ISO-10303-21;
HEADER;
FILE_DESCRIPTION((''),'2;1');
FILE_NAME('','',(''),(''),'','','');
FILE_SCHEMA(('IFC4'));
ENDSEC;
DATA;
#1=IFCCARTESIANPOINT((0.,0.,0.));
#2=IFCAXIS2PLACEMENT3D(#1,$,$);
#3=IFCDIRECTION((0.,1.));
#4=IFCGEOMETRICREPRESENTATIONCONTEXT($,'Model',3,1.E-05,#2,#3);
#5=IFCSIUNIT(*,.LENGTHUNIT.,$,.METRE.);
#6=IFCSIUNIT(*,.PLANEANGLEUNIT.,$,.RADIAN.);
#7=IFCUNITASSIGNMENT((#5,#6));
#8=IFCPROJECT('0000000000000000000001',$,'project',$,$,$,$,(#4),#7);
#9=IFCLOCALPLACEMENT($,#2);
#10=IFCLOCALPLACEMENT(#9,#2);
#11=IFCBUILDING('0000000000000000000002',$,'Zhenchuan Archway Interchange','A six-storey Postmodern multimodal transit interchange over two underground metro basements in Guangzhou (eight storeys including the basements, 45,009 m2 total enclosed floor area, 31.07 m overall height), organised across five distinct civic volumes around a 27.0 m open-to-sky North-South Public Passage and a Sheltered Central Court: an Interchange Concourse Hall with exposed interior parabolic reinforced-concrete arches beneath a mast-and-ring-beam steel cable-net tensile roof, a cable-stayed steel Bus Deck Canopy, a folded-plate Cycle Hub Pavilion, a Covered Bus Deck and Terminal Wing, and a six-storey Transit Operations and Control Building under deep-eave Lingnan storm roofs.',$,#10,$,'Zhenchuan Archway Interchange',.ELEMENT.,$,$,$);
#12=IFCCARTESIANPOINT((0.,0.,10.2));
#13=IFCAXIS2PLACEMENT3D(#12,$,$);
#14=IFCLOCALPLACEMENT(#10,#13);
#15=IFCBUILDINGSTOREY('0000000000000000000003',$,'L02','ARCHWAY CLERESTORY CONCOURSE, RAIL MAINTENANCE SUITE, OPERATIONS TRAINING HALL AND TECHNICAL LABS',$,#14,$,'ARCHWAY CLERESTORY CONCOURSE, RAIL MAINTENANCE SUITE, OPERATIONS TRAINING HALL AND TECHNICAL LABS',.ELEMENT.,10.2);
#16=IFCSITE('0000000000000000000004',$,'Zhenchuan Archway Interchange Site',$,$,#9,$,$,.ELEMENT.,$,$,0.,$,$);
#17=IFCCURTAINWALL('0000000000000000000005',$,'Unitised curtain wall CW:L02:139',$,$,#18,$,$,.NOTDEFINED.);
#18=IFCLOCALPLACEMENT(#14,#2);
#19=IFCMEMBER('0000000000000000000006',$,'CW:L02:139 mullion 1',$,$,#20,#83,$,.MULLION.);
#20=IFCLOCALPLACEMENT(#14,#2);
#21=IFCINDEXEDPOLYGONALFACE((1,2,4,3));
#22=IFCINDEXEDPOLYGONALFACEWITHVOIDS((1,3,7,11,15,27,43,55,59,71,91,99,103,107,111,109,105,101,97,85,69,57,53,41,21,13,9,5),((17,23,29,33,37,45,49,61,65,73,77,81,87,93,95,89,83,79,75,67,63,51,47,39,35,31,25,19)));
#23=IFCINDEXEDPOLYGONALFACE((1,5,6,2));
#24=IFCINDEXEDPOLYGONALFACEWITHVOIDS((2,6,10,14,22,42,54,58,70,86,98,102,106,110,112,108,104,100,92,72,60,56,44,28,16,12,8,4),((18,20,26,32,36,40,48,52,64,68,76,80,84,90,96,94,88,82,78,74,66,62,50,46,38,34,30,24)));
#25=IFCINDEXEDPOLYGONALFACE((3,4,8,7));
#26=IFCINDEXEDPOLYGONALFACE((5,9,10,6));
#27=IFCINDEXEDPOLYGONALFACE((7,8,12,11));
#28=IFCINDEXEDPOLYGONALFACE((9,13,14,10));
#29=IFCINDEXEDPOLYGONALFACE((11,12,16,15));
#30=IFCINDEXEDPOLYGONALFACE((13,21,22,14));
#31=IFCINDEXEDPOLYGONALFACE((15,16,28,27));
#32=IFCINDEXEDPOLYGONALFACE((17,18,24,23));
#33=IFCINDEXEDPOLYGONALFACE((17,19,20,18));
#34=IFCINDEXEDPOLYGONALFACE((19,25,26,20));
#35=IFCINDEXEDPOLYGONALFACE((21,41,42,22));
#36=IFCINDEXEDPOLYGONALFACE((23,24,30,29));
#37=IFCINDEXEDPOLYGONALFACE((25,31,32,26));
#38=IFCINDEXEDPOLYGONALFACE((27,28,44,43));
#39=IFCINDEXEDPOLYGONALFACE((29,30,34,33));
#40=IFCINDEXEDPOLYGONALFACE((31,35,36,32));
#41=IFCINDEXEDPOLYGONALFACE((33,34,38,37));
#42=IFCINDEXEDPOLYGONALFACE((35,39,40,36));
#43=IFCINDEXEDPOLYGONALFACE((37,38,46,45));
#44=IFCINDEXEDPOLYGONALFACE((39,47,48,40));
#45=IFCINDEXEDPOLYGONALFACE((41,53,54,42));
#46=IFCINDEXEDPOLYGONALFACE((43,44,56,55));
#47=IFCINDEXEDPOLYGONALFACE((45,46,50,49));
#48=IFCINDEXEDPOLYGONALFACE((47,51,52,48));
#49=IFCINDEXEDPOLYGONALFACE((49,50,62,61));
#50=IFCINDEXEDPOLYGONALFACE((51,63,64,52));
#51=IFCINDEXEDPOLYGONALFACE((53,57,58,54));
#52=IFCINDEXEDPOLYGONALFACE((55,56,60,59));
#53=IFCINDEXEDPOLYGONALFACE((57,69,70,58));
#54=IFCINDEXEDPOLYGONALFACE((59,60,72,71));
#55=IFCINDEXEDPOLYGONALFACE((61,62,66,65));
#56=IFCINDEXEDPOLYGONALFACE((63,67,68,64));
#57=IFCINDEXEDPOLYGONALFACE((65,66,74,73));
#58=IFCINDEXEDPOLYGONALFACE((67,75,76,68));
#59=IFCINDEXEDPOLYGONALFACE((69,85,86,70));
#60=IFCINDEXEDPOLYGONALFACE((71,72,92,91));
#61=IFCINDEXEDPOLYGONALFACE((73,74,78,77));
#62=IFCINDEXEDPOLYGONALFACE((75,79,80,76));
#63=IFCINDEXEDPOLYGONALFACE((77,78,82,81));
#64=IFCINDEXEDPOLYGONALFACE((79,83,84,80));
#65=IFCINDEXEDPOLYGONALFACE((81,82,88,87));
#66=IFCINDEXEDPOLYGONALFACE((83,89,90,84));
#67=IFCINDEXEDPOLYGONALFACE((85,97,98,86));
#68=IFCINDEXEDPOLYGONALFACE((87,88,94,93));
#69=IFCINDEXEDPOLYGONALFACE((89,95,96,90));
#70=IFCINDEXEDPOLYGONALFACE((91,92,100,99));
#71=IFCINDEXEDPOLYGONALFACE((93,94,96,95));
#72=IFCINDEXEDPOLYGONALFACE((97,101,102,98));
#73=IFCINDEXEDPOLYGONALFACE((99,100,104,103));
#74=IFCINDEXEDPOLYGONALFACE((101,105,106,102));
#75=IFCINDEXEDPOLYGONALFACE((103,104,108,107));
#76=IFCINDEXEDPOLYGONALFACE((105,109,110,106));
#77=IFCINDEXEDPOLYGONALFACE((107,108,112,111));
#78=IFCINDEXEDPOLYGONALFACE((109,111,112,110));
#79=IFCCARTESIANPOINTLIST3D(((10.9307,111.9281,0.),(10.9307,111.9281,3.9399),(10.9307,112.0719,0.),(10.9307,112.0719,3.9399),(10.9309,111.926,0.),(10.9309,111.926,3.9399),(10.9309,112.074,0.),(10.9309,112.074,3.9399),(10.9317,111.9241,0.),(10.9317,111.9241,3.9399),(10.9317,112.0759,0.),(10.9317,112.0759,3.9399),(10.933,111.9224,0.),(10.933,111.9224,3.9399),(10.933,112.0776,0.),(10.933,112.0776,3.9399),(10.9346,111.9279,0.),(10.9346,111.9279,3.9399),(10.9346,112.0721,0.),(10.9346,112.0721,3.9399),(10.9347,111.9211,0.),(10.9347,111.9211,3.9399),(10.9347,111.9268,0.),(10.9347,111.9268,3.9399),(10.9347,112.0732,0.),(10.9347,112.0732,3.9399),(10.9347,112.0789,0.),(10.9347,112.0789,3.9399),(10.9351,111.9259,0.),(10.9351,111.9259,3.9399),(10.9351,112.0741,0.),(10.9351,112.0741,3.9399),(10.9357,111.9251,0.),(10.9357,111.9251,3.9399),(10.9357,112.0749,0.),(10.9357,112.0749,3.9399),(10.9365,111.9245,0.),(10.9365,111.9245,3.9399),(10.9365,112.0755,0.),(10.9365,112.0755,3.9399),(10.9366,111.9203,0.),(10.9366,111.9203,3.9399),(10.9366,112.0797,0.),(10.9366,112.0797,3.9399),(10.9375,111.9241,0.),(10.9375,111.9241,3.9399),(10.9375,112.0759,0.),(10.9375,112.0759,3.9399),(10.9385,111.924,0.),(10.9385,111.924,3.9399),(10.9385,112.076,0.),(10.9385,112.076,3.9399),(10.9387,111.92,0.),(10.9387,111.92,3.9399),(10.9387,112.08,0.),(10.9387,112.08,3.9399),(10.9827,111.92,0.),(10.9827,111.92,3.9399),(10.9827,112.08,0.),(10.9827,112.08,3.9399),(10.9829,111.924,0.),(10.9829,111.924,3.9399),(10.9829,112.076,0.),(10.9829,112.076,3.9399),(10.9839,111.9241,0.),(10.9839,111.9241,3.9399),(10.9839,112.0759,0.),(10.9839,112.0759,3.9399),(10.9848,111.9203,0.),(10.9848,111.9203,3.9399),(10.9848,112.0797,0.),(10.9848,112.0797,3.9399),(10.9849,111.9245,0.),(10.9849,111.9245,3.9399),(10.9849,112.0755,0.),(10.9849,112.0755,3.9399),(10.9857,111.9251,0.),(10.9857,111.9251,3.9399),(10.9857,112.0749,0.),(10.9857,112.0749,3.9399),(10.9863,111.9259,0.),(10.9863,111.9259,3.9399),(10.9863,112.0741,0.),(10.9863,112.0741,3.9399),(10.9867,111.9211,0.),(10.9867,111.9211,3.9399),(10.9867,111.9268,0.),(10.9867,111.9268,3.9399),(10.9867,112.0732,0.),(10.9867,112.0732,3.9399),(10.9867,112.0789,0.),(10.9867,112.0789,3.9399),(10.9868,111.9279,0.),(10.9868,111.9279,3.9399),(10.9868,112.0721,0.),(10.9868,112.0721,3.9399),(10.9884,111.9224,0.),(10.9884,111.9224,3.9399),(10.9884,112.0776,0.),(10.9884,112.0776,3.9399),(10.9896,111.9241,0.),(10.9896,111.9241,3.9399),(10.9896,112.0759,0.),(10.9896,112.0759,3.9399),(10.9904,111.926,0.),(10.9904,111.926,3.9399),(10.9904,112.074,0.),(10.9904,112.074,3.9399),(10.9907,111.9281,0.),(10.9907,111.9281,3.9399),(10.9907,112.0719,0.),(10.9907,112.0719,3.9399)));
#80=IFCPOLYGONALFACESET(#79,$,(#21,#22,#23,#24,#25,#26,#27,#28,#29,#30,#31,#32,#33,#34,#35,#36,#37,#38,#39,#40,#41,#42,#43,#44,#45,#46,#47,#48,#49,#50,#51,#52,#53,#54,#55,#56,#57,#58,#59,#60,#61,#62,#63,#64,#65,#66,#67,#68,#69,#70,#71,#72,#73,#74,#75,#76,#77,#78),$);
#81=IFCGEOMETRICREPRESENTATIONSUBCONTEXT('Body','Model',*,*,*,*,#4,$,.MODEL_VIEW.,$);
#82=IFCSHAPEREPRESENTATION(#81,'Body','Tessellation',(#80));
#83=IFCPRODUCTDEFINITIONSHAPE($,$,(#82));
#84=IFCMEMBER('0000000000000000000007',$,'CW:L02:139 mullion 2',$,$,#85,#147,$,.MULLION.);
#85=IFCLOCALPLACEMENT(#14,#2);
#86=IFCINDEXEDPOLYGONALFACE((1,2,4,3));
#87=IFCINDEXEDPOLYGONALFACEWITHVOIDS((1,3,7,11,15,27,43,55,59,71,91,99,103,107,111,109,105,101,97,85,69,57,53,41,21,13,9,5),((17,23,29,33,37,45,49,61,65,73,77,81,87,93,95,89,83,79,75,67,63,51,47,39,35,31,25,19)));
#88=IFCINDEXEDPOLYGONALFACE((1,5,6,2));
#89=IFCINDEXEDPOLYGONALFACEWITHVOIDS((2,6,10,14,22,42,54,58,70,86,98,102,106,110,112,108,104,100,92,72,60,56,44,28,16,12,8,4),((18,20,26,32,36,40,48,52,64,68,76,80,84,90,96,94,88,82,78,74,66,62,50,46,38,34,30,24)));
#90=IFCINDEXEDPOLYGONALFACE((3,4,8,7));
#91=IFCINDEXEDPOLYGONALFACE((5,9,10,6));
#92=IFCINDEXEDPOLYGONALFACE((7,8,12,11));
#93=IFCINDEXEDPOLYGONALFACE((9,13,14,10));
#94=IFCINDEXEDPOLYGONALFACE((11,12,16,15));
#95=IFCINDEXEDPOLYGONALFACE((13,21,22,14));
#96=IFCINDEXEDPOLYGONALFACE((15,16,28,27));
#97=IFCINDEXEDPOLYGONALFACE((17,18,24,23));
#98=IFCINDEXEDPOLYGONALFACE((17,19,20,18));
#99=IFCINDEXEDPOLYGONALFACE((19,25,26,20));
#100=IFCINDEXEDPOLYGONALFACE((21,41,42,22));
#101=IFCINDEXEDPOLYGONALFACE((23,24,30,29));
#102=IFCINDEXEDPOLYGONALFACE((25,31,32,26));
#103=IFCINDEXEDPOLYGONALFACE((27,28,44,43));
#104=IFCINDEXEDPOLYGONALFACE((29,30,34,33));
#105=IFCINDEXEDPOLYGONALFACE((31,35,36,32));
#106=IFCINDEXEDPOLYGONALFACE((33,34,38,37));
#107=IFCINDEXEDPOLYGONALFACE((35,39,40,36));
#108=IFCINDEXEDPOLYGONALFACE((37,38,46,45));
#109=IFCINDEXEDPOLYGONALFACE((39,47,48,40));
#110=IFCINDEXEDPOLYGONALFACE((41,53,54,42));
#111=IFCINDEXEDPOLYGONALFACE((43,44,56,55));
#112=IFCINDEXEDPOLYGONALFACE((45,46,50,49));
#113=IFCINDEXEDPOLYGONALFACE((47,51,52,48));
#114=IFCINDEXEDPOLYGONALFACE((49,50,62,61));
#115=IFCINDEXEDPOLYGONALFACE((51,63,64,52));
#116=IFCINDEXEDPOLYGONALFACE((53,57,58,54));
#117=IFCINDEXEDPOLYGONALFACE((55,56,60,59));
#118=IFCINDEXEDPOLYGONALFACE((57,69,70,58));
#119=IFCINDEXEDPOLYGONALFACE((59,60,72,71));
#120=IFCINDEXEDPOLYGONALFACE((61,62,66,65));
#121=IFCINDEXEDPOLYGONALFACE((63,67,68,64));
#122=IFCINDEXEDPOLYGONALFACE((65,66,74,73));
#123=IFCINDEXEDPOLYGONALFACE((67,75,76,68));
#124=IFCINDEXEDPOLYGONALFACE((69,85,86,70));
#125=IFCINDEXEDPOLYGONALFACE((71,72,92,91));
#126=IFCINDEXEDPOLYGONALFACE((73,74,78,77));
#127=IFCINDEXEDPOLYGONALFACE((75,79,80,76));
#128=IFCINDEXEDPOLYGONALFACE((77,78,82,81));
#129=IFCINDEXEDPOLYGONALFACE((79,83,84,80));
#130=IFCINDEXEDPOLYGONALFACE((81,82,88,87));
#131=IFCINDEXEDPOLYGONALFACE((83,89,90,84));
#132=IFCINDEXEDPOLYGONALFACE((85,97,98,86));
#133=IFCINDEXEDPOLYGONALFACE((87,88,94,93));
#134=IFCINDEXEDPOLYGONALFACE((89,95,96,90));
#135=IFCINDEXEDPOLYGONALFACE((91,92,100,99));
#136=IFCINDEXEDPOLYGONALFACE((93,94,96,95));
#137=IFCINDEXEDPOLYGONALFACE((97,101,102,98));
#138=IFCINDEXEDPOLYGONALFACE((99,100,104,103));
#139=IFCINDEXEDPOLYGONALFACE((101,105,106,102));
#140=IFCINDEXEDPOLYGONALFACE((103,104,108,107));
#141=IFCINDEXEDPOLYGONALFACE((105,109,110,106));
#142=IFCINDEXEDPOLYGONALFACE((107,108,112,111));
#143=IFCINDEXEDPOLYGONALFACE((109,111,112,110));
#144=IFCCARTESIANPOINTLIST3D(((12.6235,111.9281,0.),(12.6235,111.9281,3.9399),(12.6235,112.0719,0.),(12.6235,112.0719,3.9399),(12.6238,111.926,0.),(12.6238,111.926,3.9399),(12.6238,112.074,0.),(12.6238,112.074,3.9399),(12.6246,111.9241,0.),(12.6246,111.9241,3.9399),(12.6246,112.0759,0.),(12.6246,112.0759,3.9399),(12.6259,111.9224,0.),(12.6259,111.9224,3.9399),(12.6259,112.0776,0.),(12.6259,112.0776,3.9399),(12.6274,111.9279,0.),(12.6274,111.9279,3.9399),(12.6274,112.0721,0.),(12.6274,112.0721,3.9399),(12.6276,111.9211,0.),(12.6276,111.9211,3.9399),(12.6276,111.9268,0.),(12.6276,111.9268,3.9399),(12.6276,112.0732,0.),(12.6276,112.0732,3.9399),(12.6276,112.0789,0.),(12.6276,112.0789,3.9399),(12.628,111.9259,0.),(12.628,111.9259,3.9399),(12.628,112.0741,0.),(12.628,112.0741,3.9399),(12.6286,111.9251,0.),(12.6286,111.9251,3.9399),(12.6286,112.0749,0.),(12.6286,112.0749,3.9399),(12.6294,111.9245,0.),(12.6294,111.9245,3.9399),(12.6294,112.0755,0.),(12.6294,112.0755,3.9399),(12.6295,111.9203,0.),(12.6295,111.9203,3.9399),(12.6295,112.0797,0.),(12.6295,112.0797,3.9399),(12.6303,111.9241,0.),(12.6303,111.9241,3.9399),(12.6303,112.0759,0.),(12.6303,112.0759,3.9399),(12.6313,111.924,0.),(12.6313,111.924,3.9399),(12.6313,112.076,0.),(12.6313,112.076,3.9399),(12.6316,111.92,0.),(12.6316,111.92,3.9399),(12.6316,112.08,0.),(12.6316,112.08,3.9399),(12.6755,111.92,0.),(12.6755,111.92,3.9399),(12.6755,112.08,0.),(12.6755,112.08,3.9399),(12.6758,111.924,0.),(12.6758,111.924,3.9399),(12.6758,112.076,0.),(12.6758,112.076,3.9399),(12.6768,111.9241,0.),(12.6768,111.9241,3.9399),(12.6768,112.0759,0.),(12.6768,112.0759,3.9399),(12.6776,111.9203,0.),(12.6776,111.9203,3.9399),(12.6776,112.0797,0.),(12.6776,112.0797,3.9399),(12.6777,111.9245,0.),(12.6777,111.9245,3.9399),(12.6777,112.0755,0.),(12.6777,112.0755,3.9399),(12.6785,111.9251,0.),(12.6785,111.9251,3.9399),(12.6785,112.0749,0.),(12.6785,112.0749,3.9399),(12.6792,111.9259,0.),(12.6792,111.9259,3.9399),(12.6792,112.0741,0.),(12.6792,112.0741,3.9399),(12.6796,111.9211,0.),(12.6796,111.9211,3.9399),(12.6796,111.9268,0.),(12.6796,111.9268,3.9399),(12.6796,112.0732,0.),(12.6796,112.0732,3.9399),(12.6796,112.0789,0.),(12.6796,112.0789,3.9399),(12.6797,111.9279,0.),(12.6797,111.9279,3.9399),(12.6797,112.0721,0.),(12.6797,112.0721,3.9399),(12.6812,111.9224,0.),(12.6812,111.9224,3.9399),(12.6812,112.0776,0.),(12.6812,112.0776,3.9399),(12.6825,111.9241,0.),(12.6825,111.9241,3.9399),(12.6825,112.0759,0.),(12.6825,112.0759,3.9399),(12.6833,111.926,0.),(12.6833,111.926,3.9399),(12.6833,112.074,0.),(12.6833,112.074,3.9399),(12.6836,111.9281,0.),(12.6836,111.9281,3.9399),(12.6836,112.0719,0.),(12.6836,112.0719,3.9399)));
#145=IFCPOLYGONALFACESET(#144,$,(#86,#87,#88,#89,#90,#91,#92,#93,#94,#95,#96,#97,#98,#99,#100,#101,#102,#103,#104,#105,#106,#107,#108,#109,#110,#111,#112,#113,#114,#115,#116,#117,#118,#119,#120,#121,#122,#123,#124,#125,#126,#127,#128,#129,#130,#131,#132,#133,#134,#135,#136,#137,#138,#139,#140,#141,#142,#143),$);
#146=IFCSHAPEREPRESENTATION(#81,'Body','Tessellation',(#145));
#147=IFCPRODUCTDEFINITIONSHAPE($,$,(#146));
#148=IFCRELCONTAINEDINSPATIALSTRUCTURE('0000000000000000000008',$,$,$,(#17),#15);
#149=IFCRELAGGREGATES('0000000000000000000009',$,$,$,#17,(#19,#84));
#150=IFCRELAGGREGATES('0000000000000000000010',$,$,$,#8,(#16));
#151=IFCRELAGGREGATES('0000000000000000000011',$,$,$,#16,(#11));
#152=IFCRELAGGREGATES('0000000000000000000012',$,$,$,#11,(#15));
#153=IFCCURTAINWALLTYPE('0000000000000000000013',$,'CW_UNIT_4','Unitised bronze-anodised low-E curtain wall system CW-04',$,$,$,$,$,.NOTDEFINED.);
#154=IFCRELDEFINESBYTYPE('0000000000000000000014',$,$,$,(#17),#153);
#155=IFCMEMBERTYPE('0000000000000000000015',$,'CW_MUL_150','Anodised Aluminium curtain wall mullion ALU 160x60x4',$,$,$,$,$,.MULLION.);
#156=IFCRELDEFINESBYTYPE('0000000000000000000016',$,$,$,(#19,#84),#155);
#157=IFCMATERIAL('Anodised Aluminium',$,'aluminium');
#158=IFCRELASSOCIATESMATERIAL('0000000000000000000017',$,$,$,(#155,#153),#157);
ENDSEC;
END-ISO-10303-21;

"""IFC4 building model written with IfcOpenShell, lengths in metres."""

from ifc_helpers import new_model, si_unit, direction, frame, origin, origin_2d, place, context, subcontext, project, spatial, hollow_rectangle, extrude, material, material_profile, profile_set, type_object, element, aggregate, save


model = new_model("IFC4")

# Units and contexts
model_context = context("Model", 3, precision=1e-05, world=origin(), true_north=direction((0.0, 1.0)))
body_context = subcontext(model_context, "Body", "Model", "MODEL_VIEW")
ifc_project = project(units=[si_unit("LENGTHUNIT", "METRE"), si_unit("PLANEANGLEUNIT", "RADIAN")], contexts=[model_context])

# Site, building, storey
site_placement = place(None, origin())
site = spatial("IfcSite", under=ifc_project, at=site_placement, Name="Zhenchuan Archway Interchange Site", CompositionType="ELEMENT", RefElevation=0.0)
building_placement = place(site_placement, origin())
building = spatial("IfcBuilding", under=site, at=building_placement, Name="Zhenchuan Archway Interchange", Description="A six-storey Postmodern multimodal transit interchange over two underground metro basements in Guangzhou (eight storeys including the basements, 45,009 m2 total enclosed floor area, 31.07 m overall height), organised across five distinct civic volumes around a 27.0 m open-to-sky North-South Public Passage and a Sheltered Central Court: an Interchange Concourse Hall with exposed interior parabolic reinforced-concrete arches beneath a mast-and-ring-beam steel cable-net tensile roof, a cable-stayed steel Bus Deck Canopy, a folded-plate Cycle Hub Pavilion, a Covered Bus Deck and Terminal Wing, and a six-storey Transit Operations and Control Building under deep-eave Lingnan storm roofs.", LongName="Zhenchuan Archway Interchange", CompositionType="ELEMENT")
storey_placement = place(building_placement, frame((0.0, 0.0, 10.2)))
storey = spatial("IfcBuildingStorey", under=building, at=storey_placement, Name="L02", Description="ARCHWAY CLERESTORY CONCOURSE, RAIL MAINTENANCE SUITE, OPERATIONS TRAINING HALL AND TECHNICAL LABS", LongName="ARCHWAY CLERESTORY CONCOURSE, RAIL MAINTENANCE SUITE, OPERATIONS TRAINING HALL AND TECHNICAL LABS", CompositionType="ELEMENT", Elevation=10.2)

# Shared definitions
ifc_material_1 = material(Name="Anodised Aluminium", Category="aluminium")
ifc_material_profile_1 = material_profile(ifc_material_1, hollow_rectangle(XDim=0.0601, YDim=0.1599, WallThickness=0.0039, InnerFilletRadius=0.0039, OuterFilletRadius=0.0081, at=origin_2d()), Name="ALU 160x60x4")
ifc_profile_set_1 = profile_set([ifc_material_profile_1], Name="Anodised Aluminium")
member_type_1 = type_object("IfcMemberType", Name="CW_MUL_150", Description="Anodised Aluminium curtain wall mullion ALU 160x60x4", PredefinedType="MULLION", material=ifc_profile_set_1)

# Curtain wall, members
curtain_wall_type_1 = type_object("IfcCurtainWallType", Name="CW_UNIT_4", Description="Unitised bronze-anodised low-E curtain wall system CW-04", PredefinedType="NOTDEFINED", material=ifc_material_1)
curtain_wall_1_placement = place(storey_placement, origin())
curtain_wall_1 = element("IfcCurtainWall", 1, at=curtain_wall_1_placement, inside=storey, type_object=curtain_wall_type_1, Name="Unitised curtain wall CW:L02:139", PredefinedType="NOTDEFINED")
member_1_placement = place(storey_placement, frame((10.9607, 112.0, 0.0), z_axis=(0.0, 0.0, 1.0), x_axis=(1.0, 0.0, 0.0)))
member_1 = element("IfcMember", 2, at=member_1_placement, type_object=member_type_1, Name="CW:L02:139 mullion 1", PredefinedType="MULLION", context=body_context, shape_type="SweptSolid", body=[
    extrude(hollow_rectangle(XDim=0.0601, YDim=0.1599, WallThickness=0.0039, InnerFilletRadius=0.0039, OuterFilletRadius=0.0081, at=origin_2d()), origin(), (0.0, 0.0, 1.0), 3.9399),
])
member_2_placement = place(storey_placement, frame((12.6536, 112.0, 0.0), z_axis=(0.0, 0.0, 1.0), x_axis=(1.0, 0.0, 0.0)))
member_2 = element("IfcMember", 3, at=member_2_placement, type_object=member_type_1, Name="CW:L02:139 mullion 2", PredefinedType="MULLION", context=body_context, shape_type="SweptSolid", body=[
    extrude(hollow_rectangle(XDim=0.0601, YDim=0.1599, WallThickness=0.0039, InnerFilletRadius=0.0039, OuterFilletRadius=0.0081, at=origin_2d()), origin(), (0.0, 0.0, 1.0), 3.9399),
])

aggregate(curtain_wall_1, [member_1, member_2])

save(model, "model.ifc")
